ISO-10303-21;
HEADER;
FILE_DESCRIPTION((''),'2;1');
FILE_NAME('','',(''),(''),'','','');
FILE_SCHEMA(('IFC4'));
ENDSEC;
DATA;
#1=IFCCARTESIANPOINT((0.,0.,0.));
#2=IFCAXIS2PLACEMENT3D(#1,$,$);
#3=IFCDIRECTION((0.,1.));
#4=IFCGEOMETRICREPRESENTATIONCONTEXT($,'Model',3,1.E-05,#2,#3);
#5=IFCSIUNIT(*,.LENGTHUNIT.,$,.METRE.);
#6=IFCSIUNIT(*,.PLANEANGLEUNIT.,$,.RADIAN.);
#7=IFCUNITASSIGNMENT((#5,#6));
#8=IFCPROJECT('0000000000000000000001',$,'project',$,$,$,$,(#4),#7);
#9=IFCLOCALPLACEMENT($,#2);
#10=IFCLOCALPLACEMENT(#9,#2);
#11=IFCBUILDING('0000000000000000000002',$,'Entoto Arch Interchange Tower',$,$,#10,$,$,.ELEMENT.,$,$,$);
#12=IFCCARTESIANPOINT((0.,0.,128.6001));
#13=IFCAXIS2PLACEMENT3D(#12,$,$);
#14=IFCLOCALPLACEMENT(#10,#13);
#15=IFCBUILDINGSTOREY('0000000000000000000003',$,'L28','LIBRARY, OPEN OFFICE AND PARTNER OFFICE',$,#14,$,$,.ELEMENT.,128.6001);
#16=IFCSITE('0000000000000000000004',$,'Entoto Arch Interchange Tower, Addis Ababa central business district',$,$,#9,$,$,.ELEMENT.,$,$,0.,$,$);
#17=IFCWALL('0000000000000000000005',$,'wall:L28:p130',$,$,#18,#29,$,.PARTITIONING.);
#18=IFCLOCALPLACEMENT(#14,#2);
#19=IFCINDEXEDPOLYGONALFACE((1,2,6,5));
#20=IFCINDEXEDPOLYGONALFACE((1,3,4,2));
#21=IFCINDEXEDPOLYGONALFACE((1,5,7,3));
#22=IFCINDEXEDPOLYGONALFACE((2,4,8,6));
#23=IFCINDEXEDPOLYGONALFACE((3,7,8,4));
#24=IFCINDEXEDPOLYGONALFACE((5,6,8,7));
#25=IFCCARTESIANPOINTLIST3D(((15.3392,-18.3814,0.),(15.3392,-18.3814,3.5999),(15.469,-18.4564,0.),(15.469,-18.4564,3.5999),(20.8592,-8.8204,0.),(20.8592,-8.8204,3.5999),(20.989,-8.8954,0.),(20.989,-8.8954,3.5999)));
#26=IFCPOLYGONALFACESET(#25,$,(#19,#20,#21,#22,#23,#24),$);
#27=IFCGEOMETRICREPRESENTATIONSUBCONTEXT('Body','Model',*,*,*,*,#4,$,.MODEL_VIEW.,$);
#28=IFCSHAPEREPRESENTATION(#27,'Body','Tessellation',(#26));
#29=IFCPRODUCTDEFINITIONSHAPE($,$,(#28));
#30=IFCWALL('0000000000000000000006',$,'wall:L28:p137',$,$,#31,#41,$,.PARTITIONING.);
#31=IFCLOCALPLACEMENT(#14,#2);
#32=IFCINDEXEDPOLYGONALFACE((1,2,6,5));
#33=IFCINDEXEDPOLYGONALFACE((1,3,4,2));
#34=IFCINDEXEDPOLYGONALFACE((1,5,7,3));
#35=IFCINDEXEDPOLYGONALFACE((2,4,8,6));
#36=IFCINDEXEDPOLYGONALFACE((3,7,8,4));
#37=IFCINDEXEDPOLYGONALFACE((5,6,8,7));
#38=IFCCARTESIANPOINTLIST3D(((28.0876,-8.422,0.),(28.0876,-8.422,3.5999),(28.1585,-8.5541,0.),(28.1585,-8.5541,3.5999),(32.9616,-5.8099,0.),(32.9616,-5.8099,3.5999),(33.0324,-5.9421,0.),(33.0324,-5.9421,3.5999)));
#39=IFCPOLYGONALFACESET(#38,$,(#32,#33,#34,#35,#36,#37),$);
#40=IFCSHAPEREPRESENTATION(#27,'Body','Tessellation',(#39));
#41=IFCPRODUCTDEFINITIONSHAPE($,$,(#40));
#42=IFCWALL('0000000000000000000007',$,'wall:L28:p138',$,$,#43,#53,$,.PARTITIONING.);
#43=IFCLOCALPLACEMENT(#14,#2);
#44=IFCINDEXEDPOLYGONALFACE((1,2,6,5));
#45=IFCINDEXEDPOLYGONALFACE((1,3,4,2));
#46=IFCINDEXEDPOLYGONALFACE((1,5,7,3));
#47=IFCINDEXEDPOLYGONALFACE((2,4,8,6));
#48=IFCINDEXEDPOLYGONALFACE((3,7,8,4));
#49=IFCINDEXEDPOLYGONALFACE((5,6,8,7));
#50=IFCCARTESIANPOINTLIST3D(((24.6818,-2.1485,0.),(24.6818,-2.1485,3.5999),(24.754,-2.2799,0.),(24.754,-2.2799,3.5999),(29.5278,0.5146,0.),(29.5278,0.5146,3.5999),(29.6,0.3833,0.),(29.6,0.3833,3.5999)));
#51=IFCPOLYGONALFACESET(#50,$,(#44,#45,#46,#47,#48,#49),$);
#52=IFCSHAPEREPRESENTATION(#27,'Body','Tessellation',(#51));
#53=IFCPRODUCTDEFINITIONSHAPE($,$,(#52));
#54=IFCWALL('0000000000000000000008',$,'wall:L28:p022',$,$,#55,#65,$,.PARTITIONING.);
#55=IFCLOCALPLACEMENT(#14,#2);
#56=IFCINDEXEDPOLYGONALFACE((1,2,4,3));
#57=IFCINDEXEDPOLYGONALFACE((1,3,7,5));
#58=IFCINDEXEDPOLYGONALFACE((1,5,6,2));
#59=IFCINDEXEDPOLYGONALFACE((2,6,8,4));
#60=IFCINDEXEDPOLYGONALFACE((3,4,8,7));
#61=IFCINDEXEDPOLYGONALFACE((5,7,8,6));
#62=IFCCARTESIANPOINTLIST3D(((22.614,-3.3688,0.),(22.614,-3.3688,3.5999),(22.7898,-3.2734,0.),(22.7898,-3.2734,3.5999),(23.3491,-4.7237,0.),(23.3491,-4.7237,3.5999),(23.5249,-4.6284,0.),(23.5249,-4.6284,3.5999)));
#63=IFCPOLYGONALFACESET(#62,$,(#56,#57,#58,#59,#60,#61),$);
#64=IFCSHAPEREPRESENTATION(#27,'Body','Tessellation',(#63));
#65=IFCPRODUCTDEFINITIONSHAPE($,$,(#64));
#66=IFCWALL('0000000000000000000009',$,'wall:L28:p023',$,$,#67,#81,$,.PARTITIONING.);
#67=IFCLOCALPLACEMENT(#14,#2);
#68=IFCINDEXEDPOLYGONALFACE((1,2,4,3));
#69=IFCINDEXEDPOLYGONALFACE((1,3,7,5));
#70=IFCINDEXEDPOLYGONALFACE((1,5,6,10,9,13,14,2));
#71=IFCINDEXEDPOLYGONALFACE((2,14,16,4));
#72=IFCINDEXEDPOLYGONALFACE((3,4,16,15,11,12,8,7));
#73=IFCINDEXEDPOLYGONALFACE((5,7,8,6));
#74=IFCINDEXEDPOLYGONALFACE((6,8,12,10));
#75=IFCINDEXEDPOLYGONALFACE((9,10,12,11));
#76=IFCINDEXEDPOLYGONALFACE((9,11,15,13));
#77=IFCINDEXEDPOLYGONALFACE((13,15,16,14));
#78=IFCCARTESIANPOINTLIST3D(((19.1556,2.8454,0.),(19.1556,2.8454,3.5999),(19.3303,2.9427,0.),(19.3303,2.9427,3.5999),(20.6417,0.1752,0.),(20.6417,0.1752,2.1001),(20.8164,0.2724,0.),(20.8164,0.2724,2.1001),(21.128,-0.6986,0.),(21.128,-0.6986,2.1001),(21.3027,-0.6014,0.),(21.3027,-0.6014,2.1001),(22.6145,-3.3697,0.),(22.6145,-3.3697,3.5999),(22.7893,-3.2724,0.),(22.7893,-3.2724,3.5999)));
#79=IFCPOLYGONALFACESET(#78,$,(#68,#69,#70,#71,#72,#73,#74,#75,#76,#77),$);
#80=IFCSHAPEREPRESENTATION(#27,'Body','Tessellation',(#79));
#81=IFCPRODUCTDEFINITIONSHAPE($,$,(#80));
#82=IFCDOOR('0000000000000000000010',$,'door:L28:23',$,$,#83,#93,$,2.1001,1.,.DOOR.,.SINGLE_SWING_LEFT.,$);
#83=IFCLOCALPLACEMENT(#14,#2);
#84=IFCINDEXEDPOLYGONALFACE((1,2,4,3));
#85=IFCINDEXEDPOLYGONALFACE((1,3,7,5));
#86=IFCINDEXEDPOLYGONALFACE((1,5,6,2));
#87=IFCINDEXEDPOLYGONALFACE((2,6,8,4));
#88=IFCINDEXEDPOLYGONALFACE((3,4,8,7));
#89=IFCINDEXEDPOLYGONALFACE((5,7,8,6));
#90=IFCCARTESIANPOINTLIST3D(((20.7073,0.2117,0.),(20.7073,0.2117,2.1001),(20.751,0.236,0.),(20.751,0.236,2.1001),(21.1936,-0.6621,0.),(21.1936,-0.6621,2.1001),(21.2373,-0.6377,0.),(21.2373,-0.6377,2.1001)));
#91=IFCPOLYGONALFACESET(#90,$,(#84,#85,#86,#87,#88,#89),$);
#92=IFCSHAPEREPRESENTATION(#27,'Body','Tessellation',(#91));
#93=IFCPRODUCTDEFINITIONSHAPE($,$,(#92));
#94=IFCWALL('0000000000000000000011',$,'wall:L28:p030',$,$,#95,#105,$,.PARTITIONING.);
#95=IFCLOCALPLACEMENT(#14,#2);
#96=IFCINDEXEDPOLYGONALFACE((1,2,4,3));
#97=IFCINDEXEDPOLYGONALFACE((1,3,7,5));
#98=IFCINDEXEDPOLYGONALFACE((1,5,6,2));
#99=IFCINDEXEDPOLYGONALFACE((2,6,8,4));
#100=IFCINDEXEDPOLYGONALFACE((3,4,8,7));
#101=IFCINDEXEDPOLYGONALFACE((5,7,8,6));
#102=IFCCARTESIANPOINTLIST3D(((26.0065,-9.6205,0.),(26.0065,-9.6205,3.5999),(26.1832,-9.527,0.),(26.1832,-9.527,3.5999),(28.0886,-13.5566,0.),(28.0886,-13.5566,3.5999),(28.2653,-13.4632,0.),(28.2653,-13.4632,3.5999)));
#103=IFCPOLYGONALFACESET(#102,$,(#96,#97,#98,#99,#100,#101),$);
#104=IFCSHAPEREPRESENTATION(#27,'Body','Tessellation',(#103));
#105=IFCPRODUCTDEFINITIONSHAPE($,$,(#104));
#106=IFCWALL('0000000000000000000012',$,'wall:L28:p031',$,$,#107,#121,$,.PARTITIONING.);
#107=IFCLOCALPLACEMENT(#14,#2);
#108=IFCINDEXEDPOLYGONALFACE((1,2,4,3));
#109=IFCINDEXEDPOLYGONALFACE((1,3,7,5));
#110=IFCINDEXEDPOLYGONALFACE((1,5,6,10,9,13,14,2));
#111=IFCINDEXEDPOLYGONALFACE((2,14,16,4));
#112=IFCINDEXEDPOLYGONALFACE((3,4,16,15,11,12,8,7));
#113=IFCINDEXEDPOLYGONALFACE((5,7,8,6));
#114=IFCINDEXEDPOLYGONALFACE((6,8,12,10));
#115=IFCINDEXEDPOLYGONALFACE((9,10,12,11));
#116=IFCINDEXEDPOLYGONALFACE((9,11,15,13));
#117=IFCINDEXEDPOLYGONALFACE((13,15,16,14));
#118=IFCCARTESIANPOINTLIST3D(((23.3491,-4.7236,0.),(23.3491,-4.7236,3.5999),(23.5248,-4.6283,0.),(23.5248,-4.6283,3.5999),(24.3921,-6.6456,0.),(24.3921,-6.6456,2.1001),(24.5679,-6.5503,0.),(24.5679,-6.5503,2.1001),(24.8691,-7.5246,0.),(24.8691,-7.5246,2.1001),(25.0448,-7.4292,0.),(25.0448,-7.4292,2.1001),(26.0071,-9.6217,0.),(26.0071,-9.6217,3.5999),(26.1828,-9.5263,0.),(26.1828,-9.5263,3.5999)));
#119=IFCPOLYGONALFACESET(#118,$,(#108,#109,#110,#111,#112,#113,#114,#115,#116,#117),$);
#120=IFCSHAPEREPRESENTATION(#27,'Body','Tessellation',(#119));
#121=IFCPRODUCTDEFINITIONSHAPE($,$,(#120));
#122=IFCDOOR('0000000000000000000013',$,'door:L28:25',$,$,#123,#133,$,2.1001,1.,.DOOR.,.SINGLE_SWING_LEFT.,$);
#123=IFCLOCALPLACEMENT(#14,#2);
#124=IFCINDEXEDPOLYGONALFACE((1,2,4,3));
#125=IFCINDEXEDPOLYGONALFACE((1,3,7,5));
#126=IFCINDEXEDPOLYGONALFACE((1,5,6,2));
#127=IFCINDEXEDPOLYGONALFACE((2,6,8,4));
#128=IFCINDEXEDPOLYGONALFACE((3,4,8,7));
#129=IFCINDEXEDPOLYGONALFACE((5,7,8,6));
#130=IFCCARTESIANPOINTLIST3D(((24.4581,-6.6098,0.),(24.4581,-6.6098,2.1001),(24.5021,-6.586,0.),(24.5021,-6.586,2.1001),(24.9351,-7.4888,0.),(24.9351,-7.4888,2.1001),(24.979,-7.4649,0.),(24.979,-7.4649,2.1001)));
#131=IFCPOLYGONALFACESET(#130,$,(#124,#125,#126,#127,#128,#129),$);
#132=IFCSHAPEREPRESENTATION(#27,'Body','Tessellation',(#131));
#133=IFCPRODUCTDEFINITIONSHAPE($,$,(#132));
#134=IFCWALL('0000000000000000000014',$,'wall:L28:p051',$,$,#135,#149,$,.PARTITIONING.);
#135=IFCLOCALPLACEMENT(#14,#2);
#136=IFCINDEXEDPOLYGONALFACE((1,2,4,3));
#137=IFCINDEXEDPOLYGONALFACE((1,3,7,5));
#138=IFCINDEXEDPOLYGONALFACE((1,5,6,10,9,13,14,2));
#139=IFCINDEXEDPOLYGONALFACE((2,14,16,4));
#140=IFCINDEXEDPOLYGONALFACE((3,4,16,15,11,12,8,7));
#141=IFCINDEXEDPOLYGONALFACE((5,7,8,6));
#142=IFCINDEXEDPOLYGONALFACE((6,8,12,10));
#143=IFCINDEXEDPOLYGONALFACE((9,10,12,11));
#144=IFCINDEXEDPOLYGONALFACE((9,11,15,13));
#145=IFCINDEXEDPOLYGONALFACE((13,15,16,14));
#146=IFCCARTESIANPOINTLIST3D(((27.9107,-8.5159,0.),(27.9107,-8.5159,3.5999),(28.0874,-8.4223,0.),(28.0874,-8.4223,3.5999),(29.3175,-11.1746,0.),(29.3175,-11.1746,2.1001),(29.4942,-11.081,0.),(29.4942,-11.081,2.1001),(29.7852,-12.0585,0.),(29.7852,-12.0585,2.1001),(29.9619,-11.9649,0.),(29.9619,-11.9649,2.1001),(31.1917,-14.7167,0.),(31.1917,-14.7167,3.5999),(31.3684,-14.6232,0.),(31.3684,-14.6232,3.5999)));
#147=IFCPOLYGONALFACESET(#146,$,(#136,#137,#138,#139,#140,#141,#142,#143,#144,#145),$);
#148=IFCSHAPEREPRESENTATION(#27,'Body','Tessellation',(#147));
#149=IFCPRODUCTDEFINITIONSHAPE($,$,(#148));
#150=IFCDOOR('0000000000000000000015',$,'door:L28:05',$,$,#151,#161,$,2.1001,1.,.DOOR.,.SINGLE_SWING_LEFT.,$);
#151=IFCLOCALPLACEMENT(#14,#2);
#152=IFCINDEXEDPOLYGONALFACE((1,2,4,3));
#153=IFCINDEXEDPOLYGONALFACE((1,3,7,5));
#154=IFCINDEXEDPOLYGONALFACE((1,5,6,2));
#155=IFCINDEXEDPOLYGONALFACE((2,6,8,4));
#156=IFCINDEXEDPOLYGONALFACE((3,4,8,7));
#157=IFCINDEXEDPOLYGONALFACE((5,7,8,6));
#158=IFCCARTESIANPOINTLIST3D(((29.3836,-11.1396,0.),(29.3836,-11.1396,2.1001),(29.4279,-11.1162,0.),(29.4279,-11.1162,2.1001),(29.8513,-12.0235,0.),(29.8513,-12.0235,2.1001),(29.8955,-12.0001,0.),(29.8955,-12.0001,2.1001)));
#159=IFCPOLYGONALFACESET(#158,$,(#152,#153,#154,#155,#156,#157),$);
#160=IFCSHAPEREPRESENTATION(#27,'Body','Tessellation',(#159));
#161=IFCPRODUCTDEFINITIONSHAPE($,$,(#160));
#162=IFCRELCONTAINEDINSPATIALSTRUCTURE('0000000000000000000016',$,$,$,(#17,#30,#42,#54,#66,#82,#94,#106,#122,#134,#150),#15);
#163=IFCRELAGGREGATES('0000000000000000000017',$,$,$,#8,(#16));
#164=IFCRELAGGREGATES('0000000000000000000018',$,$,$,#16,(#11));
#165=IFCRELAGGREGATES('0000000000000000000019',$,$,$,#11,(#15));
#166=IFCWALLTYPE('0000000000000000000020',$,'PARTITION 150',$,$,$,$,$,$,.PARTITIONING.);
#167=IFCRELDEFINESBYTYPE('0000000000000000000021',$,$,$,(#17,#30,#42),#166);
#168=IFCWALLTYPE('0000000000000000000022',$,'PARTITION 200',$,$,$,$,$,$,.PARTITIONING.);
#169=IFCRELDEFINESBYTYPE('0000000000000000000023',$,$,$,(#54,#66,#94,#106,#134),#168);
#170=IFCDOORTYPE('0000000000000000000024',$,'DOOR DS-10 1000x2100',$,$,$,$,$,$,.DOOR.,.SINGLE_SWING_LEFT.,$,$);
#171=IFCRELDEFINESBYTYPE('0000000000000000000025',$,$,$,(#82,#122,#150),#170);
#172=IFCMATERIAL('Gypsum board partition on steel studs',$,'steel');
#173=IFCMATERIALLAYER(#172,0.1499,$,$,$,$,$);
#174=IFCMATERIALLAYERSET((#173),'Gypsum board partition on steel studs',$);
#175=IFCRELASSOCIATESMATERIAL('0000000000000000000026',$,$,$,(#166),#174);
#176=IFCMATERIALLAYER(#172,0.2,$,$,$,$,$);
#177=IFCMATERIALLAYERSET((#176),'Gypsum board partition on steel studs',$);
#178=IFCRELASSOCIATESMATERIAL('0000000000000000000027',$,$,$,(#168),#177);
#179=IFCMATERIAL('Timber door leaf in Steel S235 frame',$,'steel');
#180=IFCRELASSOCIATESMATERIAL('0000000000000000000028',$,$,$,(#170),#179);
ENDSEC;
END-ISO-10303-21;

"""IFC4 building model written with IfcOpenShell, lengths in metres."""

from ifc_helpers import new_model, si_unit, direction, frame, frame_2d, origin, place, context, subcontext, project, spatial, rectangle, extrude, material, layer, layer_set, type_object, element, fill, save


model = new_model("IFC4")

# Units and contexts
model_context = context("Model", 3, precision=1e-05, world=origin(), true_north=direction((0.0, 1.0)))
body_context = subcontext(model_context, "Body", "Model", "MODEL_VIEW")
ifc_project = project(units=[si_unit("LENGTHUNIT", "METRE"), si_unit("PLANEANGLEUNIT", "RADIAN")], contexts=[model_context])

# Site, building, storey
site_placement = place(None, origin())
site = spatial("IfcSite", under=ifc_project, at=site_placement, Name="Entoto Arch Interchange Tower, Addis Ababa central business district", CompositionType="ELEMENT", RefElevation=0.0)
building_placement = place(site_placement, origin())
building = spatial("IfcBuilding", under=site, at=building_placement, Name="Entoto Arch Interchange Tower", CompositionType="ELEMENT")
storey_placement = place(building_placement, frame((0.0, 0.0, 128.6001)))
storey = spatial("IfcBuildingStorey", under=building, at=storey_placement, Name="L28", Description="LIBRARY, OPEN OFFICE AND PARTNER OFFICE", CompositionType="ELEMENT", Elevation=128.6001)

# Walls
ifc_material_1 = material(Name="Gypsum board partition on steel studs", Category="steel")
ifc_layer_1 = layer(ifc_material_1, 0.1499)
ifc_layer_set_1 = layer_set([ifc_layer_1], Name="Gypsum board partition on steel studs")
wall_type_1 = type_object("IfcWallType", Name="PARTITION 150", PredefinedType="PARTITIONING", material=ifc_layer_set_1)
wall_1_placement = place(storey_placement, frame((20.9241, -8.8579, 0.0), z_axis=(0.0, 0.0, 1.0), x_axis=(-0.499997, -0.866027, 0.0)))
element("IfcWall", 1, at=wall_1_placement, inside=storey, type_object=wall_type_1, Name="wall:L28:p130", PredefinedType="PARTITIONING", context=body_context, shape_type="SweptSolid", body=[
    extrude(rectangle(XDim=11.04, YDim=0.1499, at=frame_2d((5.52, 0.0))), origin(), (0.0, 0.0, 1.0), 3.5999),
])
wall_2_placement = place(storey_placement, frame((28.123, -8.488, 0.0), z_axis=(0.0, 0.0, 1.0), x_axis=(0.881406, 0.472359, 0.0)))
element("IfcWall", 2, at=wall_2_placement, inside=storey, type_object=wall_type_1, Name="wall:L28:p137", PredefinedType="PARTITIONING", context=body_context, shape_type="SweptSolid", body=[
    extrude(rectangle(XDim=5.5298, YDim=0.1499, at=frame_2d((2.7649, 0.0))), origin(), (0.0, 0.0, 1.0), 3.5999),
])
wall_3_placement = place(storey_placement, frame((24.718, -2.2141, 0.0), z_axis=(0.0, 0.0, 1.0), x_axis=(0.876383, 0.481615, 0.0)))
element("IfcWall", 3, at=wall_3_placement, inside=storey, type_object=wall_type_1, Name="wall:L28:p138", PredefinedType="PARTITIONING", context=body_context, shape_type="SweptSolid", body=[
    extrude(rectangle(XDim=5.5295, YDim=0.1499, at=frame_2d((2.7646, 0.0))), origin(), (0.0, 0.0, 1.0), 3.5999),
])
ifc_layer_2 = layer(ifc_material_1, 0.2)
ifc_layer_set_2 = layer_set([ifc_layer_2], Name="Gypsum board partition on steel studs")
wall_type_2 = type_object("IfcWallType", Name="PARTITION 200", PredefinedType="PARTITIONING", material=ifc_layer_set_2)
wall_4_placement = place(storey_placement, frame((23.437, -4.676, 0.0), z_axis=(0.0, 0.0, 1.0), x_axis=(-0.476865, 0.878977, 0.0)))
element("IfcWall", 4, at=wall_4_placement, inside=storey, type_object=wall_type_2, Name="wall:L28:p022", PredefinedType="PARTITIONING", context=body_context, shape_type="SweptSolid", body=[
    extrude(rectangle(XDim=1.5415, YDim=0.2, at=frame_2d((0.7708, 0.0))), origin(), (0.0, 0.0, 1.0), 3.5999),
])

# Wall, opening, door
wall_5_placement = place(storey_placement, frame((22.7019, -3.321, 0.0), z_axis=(0.0, 0.0, 1.0), x_axis=(-0.486304, 0.873789, 0.0)))
wall_5 = element("IfcWall", 5, at=wall_5_placement, inside=storey, type_object=wall_type_2, Name="wall:L28:p023", PredefinedType="PARTITIONING", context=body_context, shape_type="SweptSolid", body=[
    extrude(rectangle(XDim=7.1128, YDim=0.2, at=frame_2d((3.5564, 0.0))), origin(), (0.0, 0.0, 1.0), 3.5999),
])
opening_1_placement = place(wall_5_placement, frame((3.0569, 0.0, 0.0)))
opening_1 = element("IfcOpeningElement", 6, at=opening_1_placement, cuts=wall_5, PredefinedType="OPENING", context=body_context, shape_type="SweptSolid", body=[
    extrude(rectangle(XDim=1.0, YDim=2.1001, at=frame_2d((0.5, 1.05))), frame((0.0, 0.1099, 0.0), z_axis=(0.0, -1.0, 0.0), x_axis=(1.0, 0.0, 0.0)), (0.0, 0.0, 1.0), 0.22),
])
ifc_material_2 = material(Name="Timber door leaf in Steel S235 frame", Category="steel")
door_type = type_object("IfcDoorType", Name="DOOR DS-10 1000x2100", OperationType="SINGLE_SWING_LEFT", PredefinedType="DOOR", material=ifc_material_2)
door_1_placement = place(opening_1_placement, origin())
door_1 = element("IfcDoor", 7, at=door_1_placement, inside=storey, type_object=door_type, Name="door:L28:23", OperationType="SINGLE_SWING_LEFT", OverallHeight=2.1001, OverallWidth=1.0, PredefinedType="DOOR", context=body_context, shape_type="SweptSolid", body=[
    extrude(rectangle(XDim=1.0, YDim=2.1001, at=frame_2d((0.5, 1.05))), frame((0.0, 0.0249, 0.0), z_axis=(0.0, -1.0, 0.0), x_axis=(1.0, 0.0, 0.0)), (0.0, 0.0, 1.0), 0.05),
])
fill(opening_1, door_1)

# Wall
wall_6_placement = place(storey_placement, frame((28.177, -13.51, 0.0), z_axis=(0.0, 0.0, 1.0), x_axis=(-0.46758, 0.883951, 0.0)))
element("IfcWall", 8, at=wall_6_placement, inside=storey, type_object=wall_type_2, Name="wall:L28:p030", PredefinedType="PARTITIONING", context=body_context, shape_type="SweptSolid", body=[
    extrude(rectangle(XDim=4.4529, YDim=0.2, at=frame_2d((2.2266, 0.0))), origin(), (0.0, 0.0, 1.0), 3.5999),
])

# Walls, openings, doors
wall_7_placement = place(storey_placement, frame((26.095, -9.574, 0.0), z_axis=(0.0, 0.0, 1.0), x_axis=(-0.476963, 0.878923, 0.0)))
wall_7 = element("IfcWall", 9, at=wall_7_placement, inside=storey, type_object=wall_type_2, Name="wall:L28:p031", PredefinedType="PARTITIONING", context=body_context, shape_type="SweptSolid", body=[
    extrude(rectangle(XDim=5.5728, YDim=0.2, at=frame_2d((2.7864, 0.0))), origin(), (0.0, 0.0, 1.0), 3.5999),
])
opening_2_placement = place(wall_7_placement, frame((2.386, 0.0, 0.0)))
opening_2 = element("IfcOpeningElement", 10, at=opening_2_placement, cuts=wall_7, PredefinedType="OPENING", context=body_context, shape_type="SweptSolid", body=[
    extrude(rectangle(XDim=1.0, YDim=2.1001, at=frame_2d((0.5, 1.05))), frame((0.0, 0.1099, 0.0), z_axis=(0.0, -1.0, 0.0), x_axis=(1.0, 0.0, 0.0)), (0.0, 0.0, 1.0), 0.22),
])
door_2_placement = place(opening_2_placement, origin())
door_2 = element("IfcDoor", 11, at=door_2_placement, inside=storey, type_object=door_type, Name="door:L28:25", OperationType="SINGLE_SWING_LEFT", OverallHeight=2.1001, OverallWidth=1.0, PredefinedType="DOOR", context=body_context, shape_type="SweptSolid", body=[
    extrude(rectangle(XDim=1.0, YDim=2.1001, at=frame_2d((0.5, 1.05))), frame((0.0, 0.0249, 0.0), z_axis=(0.0, -1.0, 0.0), x_axis=(1.0, 0.0, 0.0)), (0.0, 0.0, 1.0), 0.05),
])
fill(opening_2, door_2)
wall_8_placement = place(storey_placement, frame((27.999, -8.469, 0.0), z_axis=(0.0, 0.0, 1.0), x_axis=(0.467683, -0.883896, 0.0)))
wall_8 = element("IfcWall", 12, at=wall_8_placement, inside=storey, type_object=wall_type_2, Name="wall:L28:p051", PredefinedType="PARTITIONING", context=body_context, shape_type="SweptSolid", body=[
    extrude(rectangle(XDim=7.0154, YDim=0.2, at=frame_2d((3.5078, 0.0))), origin(), (0.0, 0.0, 1.0), 3.5999),
])
opening_3_placement = place(wall_8_placement, frame((3.0081, 0.0, 0.0)))
opening_3 = element("IfcOpeningElement", 13, at=opening_3_placement, cuts=wall_8, PredefinedType="OPENING", context=body_context, shape_type="SweptSolid", body=[
    extrude(rectangle(XDim=1.0, YDim=2.1001, at=frame_2d((0.5, 1.05))), frame((0.0, 0.1099, 0.0), z_axis=(0.0, -1.0, 0.0), x_axis=(1.0, 0.0, 0.0)), (0.0, 0.0, 1.0), 0.22),
])
door_3_placement = place(opening_3_placement, origin())
door_3 = element("IfcDoor", 14, at=door_3_placement, inside=storey, type_object=door_type, Name="door:L28:05", OperationType="SINGLE_SWING_LEFT", OverallHeight=2.1001, OverallWidth=1.0, PredefinedType="DOOR", context=body_context, shape_type="SweptSolid", body=[
    extrude(rectangle(XDim=1.0, YDim=2.1001, at=frame_2d((0.5, 1.05))), frame((0.0, 0.0249, 0.0), z_axis=(0.0, -1.0, 0.0), x_axis=(1.0, 0.0, 0.0)), (0.0, 0.0, 1.0), 0.05),
])
fill(opening_3, door_3)

save(model, "model.ifc")
